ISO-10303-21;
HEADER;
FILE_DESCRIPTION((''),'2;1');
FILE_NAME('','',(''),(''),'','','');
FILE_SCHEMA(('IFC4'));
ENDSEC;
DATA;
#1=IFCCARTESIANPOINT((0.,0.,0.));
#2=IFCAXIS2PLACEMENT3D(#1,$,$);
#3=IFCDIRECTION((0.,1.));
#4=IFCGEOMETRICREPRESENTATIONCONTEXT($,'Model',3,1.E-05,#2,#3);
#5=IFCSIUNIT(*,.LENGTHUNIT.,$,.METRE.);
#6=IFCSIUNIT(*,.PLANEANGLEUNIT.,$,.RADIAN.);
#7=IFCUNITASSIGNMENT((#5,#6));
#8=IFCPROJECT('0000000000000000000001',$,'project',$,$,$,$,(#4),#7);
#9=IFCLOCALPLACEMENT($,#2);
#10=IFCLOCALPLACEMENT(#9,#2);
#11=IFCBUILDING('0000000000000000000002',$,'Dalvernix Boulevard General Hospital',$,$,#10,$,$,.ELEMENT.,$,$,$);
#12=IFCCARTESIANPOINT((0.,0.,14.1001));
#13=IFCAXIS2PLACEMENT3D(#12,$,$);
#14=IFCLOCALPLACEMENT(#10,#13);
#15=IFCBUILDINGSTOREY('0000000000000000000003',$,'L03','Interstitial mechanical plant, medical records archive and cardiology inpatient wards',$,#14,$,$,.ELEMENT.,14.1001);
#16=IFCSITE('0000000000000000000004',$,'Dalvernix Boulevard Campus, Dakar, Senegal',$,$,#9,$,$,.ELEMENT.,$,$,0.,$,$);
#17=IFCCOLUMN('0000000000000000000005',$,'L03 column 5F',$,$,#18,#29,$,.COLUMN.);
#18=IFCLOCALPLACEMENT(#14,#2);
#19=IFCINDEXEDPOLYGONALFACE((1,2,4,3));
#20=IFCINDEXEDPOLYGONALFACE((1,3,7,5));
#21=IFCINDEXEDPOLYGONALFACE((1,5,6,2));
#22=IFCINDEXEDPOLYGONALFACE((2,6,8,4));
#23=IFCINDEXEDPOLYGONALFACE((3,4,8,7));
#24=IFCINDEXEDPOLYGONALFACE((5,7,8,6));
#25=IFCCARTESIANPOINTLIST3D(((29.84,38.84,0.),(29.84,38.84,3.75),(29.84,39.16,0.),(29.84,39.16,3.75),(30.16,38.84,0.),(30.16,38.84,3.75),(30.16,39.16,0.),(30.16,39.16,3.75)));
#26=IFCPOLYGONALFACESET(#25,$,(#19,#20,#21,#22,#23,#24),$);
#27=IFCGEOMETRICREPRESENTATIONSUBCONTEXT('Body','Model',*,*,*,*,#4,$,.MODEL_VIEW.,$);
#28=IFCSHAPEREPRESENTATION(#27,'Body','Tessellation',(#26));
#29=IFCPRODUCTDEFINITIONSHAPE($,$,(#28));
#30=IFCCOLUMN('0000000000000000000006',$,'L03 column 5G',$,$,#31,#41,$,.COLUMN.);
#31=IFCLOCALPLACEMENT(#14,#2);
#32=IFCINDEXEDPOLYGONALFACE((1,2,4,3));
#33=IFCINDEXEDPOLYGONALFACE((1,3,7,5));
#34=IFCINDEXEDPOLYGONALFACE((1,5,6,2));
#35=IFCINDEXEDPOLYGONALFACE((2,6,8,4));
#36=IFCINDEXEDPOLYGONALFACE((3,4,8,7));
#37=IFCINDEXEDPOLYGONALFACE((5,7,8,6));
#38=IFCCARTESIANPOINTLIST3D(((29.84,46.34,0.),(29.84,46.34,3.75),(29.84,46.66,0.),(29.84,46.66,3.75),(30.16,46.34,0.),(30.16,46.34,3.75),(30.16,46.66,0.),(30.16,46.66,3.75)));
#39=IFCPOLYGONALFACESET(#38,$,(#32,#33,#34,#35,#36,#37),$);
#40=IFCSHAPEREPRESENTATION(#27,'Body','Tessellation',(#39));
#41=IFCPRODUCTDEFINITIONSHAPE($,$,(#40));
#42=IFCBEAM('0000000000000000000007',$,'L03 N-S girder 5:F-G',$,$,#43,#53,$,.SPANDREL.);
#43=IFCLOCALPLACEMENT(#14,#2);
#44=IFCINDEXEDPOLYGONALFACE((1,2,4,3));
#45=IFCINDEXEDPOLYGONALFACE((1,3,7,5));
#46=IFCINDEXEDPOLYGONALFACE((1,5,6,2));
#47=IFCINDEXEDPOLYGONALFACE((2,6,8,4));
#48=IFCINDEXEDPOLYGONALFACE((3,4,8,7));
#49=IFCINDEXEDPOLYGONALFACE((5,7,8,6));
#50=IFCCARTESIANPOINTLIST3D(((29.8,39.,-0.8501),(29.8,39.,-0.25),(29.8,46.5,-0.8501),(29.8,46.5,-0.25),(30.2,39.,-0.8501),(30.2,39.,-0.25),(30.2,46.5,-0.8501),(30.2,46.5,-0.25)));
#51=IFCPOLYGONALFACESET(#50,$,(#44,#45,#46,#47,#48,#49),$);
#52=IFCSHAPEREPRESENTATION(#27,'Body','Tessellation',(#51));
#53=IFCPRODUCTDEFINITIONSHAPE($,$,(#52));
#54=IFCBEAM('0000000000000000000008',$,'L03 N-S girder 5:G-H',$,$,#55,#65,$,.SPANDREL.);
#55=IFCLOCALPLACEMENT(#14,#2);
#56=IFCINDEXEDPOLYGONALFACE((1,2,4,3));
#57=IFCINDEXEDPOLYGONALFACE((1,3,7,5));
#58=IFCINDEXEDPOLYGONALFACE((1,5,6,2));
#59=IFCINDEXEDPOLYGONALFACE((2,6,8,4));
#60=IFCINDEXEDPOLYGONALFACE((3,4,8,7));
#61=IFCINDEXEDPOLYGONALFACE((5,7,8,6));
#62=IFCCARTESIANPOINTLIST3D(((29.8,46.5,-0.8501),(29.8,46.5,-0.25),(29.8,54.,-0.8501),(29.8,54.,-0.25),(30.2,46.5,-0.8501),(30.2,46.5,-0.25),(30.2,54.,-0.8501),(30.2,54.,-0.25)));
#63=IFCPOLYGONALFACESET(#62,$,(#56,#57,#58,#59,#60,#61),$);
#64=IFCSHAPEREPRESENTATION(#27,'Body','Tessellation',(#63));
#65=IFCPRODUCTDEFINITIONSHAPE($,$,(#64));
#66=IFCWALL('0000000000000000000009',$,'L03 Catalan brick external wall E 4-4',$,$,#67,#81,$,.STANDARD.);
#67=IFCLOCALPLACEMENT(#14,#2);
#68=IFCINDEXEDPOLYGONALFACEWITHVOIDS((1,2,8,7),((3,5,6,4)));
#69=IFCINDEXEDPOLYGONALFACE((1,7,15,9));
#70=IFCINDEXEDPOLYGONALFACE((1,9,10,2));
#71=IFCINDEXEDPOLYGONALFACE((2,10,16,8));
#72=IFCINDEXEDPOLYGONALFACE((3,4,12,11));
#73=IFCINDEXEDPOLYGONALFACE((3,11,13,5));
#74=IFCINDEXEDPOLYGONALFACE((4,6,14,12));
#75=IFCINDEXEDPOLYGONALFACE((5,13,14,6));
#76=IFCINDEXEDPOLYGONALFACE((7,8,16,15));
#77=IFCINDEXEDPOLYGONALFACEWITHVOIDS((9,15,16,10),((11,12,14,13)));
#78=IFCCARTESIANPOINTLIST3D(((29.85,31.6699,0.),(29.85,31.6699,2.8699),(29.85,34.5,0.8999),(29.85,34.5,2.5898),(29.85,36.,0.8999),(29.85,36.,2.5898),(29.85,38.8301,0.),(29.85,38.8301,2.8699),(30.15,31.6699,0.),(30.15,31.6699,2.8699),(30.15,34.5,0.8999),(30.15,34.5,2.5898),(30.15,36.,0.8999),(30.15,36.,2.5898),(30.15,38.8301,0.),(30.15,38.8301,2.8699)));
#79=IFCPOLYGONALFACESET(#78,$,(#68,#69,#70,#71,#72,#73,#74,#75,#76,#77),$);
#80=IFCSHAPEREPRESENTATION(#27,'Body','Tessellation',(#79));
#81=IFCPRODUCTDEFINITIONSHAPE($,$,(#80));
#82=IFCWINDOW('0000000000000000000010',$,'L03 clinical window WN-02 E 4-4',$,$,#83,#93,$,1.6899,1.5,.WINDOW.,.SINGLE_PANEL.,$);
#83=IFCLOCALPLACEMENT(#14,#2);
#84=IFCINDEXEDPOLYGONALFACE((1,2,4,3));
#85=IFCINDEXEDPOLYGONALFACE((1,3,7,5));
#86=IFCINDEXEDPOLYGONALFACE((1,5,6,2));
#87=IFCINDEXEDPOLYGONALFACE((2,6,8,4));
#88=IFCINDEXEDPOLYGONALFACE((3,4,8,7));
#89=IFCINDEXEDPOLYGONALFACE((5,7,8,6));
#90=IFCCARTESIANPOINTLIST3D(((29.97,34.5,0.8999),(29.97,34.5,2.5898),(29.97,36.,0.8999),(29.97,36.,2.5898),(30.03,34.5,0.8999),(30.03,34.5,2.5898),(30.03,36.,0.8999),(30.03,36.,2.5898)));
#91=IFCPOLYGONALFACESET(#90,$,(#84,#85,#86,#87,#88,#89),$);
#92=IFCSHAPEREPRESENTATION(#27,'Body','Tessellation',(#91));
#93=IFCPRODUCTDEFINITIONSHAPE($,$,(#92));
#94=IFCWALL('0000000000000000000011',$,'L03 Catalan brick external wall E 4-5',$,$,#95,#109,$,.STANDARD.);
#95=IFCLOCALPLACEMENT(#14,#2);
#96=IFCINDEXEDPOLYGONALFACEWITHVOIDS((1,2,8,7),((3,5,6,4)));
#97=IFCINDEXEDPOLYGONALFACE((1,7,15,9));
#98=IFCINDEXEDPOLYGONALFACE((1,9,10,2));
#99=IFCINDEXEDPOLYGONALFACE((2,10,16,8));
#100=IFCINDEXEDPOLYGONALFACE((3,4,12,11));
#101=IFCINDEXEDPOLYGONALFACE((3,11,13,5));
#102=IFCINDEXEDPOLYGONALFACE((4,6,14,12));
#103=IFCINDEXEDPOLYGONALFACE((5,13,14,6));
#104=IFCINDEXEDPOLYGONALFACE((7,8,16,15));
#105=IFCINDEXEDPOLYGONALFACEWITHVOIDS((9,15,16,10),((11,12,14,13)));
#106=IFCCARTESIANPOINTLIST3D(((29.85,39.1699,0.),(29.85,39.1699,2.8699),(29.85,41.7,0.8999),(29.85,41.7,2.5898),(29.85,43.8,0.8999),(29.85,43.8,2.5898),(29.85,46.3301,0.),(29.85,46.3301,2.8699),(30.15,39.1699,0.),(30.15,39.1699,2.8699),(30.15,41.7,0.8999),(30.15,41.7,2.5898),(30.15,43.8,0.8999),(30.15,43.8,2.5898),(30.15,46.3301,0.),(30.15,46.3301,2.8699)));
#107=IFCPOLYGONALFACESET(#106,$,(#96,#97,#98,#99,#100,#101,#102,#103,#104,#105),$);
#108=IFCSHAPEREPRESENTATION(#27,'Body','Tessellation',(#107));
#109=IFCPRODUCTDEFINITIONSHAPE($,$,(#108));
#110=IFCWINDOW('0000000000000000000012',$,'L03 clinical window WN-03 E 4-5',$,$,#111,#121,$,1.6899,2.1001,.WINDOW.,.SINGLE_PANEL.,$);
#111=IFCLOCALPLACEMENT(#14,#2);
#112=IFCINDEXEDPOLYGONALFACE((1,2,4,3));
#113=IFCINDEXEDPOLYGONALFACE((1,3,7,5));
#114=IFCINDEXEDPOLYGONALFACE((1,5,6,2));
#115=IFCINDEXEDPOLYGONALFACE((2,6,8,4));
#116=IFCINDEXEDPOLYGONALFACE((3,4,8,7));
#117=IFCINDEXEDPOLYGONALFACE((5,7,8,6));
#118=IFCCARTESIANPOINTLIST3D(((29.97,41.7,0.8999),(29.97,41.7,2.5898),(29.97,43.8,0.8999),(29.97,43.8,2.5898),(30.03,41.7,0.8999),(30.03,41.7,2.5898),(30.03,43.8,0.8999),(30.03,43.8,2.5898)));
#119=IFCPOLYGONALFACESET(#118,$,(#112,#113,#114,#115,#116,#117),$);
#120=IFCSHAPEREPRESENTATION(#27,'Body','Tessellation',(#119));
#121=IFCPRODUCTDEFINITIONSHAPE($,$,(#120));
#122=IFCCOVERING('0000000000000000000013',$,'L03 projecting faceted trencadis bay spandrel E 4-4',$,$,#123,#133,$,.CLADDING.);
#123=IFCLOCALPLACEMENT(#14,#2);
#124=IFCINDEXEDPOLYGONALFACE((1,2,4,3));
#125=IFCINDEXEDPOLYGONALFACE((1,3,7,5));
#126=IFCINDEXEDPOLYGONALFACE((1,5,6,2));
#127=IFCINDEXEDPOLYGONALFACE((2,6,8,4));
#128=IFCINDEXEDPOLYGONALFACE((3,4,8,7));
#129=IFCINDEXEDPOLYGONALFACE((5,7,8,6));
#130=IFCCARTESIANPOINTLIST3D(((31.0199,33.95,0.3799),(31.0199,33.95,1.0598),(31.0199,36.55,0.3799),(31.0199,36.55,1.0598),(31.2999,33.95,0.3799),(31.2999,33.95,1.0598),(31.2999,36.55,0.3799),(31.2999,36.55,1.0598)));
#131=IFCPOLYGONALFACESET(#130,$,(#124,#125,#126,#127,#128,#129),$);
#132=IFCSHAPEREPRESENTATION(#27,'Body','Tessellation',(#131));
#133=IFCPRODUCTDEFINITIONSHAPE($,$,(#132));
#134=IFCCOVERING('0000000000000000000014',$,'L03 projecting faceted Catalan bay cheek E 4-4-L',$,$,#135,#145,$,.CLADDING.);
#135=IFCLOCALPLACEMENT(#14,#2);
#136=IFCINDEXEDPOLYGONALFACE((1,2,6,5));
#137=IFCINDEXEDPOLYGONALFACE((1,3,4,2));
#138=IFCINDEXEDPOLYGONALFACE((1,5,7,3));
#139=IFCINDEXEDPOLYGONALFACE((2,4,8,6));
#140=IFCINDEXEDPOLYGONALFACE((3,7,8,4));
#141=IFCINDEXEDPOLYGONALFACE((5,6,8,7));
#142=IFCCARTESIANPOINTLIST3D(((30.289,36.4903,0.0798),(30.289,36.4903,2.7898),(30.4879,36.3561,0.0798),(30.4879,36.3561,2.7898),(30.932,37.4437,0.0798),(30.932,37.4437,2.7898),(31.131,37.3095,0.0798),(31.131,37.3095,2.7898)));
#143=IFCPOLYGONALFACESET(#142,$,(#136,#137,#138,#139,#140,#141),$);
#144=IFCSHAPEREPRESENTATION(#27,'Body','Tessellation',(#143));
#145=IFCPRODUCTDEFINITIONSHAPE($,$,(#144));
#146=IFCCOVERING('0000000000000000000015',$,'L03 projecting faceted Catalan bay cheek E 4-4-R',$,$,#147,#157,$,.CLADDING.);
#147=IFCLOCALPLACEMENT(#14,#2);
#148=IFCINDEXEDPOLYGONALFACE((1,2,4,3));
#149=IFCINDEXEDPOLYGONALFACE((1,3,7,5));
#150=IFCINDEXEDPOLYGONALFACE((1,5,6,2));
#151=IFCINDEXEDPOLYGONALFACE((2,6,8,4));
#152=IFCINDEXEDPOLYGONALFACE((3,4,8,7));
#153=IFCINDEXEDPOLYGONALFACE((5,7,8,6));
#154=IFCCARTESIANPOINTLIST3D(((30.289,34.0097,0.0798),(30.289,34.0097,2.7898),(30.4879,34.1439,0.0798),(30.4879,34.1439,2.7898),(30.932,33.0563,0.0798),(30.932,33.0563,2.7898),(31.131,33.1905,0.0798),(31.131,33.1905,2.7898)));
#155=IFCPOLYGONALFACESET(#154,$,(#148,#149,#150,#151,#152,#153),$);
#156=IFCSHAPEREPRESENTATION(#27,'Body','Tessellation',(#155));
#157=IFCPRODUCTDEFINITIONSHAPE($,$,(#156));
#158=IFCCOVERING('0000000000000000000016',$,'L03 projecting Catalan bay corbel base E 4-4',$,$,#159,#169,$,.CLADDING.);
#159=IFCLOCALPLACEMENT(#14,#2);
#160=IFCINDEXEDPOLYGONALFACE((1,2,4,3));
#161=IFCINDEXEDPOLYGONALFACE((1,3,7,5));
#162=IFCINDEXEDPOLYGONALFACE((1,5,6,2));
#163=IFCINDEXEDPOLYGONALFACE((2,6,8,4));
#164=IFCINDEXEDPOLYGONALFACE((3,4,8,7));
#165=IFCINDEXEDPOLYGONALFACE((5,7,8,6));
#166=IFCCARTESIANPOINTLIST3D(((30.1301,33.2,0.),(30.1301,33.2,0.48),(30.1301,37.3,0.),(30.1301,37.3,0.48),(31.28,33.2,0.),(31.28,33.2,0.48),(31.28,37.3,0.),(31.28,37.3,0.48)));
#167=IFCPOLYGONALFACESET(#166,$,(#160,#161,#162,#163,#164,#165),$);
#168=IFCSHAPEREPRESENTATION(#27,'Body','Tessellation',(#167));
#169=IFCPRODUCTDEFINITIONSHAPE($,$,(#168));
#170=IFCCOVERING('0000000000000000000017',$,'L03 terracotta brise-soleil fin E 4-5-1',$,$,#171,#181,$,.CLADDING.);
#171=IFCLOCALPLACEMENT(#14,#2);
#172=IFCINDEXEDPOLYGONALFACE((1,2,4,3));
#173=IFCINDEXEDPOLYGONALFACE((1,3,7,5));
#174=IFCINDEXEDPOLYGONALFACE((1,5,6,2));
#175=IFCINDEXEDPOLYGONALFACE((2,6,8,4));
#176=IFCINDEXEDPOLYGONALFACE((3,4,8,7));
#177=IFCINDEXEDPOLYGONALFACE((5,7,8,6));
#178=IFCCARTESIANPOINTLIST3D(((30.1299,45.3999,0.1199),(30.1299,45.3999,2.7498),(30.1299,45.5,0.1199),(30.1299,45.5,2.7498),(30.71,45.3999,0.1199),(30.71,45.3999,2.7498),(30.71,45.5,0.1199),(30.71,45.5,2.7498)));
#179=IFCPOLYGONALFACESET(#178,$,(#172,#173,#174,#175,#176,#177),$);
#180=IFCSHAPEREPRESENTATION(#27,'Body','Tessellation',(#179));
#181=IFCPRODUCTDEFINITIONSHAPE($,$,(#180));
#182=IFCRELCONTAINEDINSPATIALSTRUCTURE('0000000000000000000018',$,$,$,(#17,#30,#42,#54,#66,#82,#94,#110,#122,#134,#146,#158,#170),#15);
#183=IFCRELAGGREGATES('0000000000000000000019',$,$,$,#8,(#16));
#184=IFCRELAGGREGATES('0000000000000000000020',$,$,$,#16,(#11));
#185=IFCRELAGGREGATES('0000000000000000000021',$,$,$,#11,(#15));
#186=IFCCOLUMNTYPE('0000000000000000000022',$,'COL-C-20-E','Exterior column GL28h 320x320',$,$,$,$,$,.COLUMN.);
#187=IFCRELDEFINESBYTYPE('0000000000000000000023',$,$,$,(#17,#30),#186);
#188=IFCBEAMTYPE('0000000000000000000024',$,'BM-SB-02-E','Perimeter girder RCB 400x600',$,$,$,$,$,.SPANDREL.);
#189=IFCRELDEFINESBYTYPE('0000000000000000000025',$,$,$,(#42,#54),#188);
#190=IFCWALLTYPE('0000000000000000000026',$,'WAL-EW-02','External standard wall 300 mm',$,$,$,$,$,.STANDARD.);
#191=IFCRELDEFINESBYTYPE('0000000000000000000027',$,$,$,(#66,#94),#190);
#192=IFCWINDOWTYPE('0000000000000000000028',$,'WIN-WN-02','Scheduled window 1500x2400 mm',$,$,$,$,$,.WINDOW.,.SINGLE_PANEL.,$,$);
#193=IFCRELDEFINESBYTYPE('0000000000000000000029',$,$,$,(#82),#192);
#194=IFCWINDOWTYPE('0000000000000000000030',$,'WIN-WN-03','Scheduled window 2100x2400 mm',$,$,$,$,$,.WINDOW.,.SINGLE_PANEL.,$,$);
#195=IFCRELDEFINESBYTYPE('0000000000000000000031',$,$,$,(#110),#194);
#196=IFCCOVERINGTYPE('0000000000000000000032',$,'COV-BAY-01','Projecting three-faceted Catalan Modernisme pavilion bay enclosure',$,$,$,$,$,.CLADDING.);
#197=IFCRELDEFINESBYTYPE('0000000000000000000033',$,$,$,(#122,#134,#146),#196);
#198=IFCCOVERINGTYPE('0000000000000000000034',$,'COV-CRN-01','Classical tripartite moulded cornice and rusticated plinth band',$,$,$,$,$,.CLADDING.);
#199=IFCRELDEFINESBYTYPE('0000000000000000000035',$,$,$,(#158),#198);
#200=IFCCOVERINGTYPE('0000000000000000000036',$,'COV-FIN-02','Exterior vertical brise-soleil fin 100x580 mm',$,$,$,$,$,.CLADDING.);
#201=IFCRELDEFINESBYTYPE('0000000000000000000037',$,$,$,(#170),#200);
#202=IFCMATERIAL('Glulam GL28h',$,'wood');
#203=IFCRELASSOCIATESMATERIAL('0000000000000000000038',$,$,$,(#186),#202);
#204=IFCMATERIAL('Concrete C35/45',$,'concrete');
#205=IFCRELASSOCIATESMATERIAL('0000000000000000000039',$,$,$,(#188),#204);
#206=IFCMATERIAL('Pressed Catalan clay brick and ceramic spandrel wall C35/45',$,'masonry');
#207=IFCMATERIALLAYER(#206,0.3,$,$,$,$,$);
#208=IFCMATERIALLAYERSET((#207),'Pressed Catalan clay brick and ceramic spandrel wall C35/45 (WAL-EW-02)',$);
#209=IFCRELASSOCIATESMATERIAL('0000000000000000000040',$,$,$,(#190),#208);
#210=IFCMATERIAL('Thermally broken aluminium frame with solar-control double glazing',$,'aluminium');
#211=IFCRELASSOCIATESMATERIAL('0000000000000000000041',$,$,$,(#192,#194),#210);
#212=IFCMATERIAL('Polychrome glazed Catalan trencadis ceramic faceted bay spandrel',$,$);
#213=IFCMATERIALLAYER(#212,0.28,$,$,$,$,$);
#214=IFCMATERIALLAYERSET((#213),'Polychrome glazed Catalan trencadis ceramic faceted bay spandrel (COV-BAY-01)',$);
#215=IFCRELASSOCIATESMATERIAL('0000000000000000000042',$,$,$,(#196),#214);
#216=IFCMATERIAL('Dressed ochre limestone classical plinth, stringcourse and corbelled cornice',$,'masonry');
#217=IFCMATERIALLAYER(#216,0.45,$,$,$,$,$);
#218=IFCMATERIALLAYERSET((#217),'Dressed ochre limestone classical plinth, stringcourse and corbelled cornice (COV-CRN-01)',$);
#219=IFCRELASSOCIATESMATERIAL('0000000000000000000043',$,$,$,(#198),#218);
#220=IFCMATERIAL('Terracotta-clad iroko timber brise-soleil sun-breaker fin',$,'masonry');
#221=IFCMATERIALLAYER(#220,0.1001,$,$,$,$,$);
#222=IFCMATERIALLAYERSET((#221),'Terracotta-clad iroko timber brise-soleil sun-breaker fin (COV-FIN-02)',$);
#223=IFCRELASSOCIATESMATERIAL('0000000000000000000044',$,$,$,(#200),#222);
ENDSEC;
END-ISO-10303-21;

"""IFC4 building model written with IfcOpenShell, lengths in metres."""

from ifc_helpers import new_model, si_unit, direction, frame, frame_2d, origin, origin_2d, place, context, subcontext, project, spatial, rectangle, extrude, material, layer, layer_set, material_profile, profile_set, type_object, element, fill, save


model = new_model("IFC4")

# Units and contexts
model_context = context("Model", 3, precision=1e-05, world=origin(), true_north=direction((0.0, 1.0)))
body_context = subcontext(model_context, "Body", "Model", "MODEL_VIEW")
ifc_project = project(units=[si_unit("LENGTHUNIT", "METRE"), si_unit("PLANEANGLEUNIT", "RADIAN")], contexts=[model_context])

# Site, building, storey
site_placement = place(None, origin())
site = spatial("IfcSite", under=ifc_project, at=site_placement, Name="Dalvernix Boulevard Campus, Dakar, Senegal", CompositionType="ELEMENT", RefElevation=0.0)
building_placement = place(site_placement, origin())
building = spatial("IfcBuilding", under=site, at=building_placement, Name="Dalvernix Boulevard General Hospital", CompositionType="ELEMENT")
storey_placement = place(building_placement, frame((0.0, 0.0, 14.1001)))
storey = spatial("IfcBuildingStorey", under=building, at=storey_placement, Name="L03", Description="Interstitial mechanical plant, medical records archive and cardiology inpatient wards", CompositionType="ELEMENT", Elevation=14.1001)

# Columns
ifc_material_1 = material(Name="Glulam GL28h", Category="wood")
ifc_material_profile_1 = material_profile(ifc_material_1, rectangle(XDim=0.3201, YDim=0.3201, at=origin_2d()), Name="GL28h 320x320")
ifc_profile_set_1 = profile_set([ifc_material_profile_1], Name="Glulam GL28h")
column_type = type_object("IfcColumnType", Name="COL-C-20-E", Description="Exterior column GL28h 320x320", PredefinedType="COLUMN", material=ifc_profile_set_1)
for number, where, z_axis, x_axis, name in (
    (1, (30.0, 39.0, 0.0), (0.0, 0.0, 1.0), (1.0, 0.0, 0.0), "L03 column 5F"),
    (2, (30.0, 46.5, 0.0), (0.0, 0.0, 1.0), (1.0, 0.0, 0.0), "L03 column 5G"),
):
    element("IfcColumn", number, at=place(storey_placement, frame(where, z_axis=z_axis, x_axis=x_axis)), inside=storey, type_object=column_type, Name=name, PredefinedType="COLUMN", context=body_context, shape_type="SweptSolid", body=[
        extrude(rectangle(XDim=0.3201, YDim=0.3201, at=origin_2d()), origin(), (0.0, 0.0, 1.0), 3.75),
    ])

# Beams
ifc_material_2 = material(Name="Concrete C35/45", Category="concrete")
ifc_material_profile_2 = material_profile(ifc_material_2, rectangle(XDim=0.3999, YDim=0.6001, at=origin_2d()), Name="RCB 400x600")
ifc_profile_set_2 = profile_set([ifc_material_profile_2], Name="Concrete C35/45")
beam_type = type_object("IfcBeamType", Name="BM-SB-02-E", Description="Perimeter girder RCB 400x600", PredefinedType="SPANDREL", material=ifc_profile_set_2)
for number, where, z_axis, x_axis, name in (
    (3, (30.0, 39.0, -0.55), (0.0, 1.0, 0.0), (-1.0, 0.0, 0.0), "L03 N-S girder 5:F-G"),
    (4, (30.0, 46.5, -0.55), (0.0, 1.0, 0.0), (-1.0, 0.0, 0.0), "L03 N-S girder 5:G-H"),
):
    element("IfcBeam", number, at=place(storey_placement, frame(where, z_axis=z_axis, x_axis=x_axis)), inside=storey, type_object=beam_type, Name=name, PredefinedType="SPANDREL", context=body_context, shape_type="SweptSolid", body=[
        extrude(rectangle(XDim=0.3999, YDim=0.6001, at=origin_2d()), origin(), (0.0, 0.0, 1.0), 7.5),
    ])

# Walls, openings, windows
ifc_material_3 = material(Name="Pressed Catalan clay brick and ceramic spandrel wall C35/45", Category="masonry")
ifc_layer_1 = layer(ifc_material_3, 0.3)
ifc_layer_set_1 = layer_set([ifc_layer_1], Name="Pressed Catalan clay brick and ceramic spandrel wall C35/45 (WAL-EW-02)")
wall_type = type_object("IfcWallType", Name="WAL-EW-02", Description="External standard wall 300 mm", PredefinedType="STANDARD", material=ifc_layer_set_1)
wall_1_placement = place(storey_placement, frame((30.0, 38.8301, 0.0), z_axis=(0.0, 0.0, 1.0), x_axis=(0.0, -1.0, 0.0)))
wall_1 = element("IfcWall", 5, at=wall_1_placement, inside=storey, type_object=wall_type, Name="L03 Catalan brick external wall E 4-4", PredefinedType="STANDARD", context=body_context, shape_type="SweptSolid", body=[
    extrude(rectangle(XDim=7.1602, YDim=0.3, at=frame_2d((3.5801, 0.0))), origin(), (0.0, 0.0, 1.0), 2.8699),
])
opening_1_placement = place(wall_1_placement, frame((2.8301, 0.0, 0.8999)))
opening_1 = element("IfcOpeningElement", 6, at=opening_1_placement, cuts=wall_1, PredefinedType="OPENING", context=body_context, shape_type="SweptSolid", body=[
    extrude(rectangle(XDim=1.5, YDim=1.6899, at=frame_2d((0.75, 0.845))), frame((0.0, 0.1599, 0.0), z_axis=(0.0, -1.0, 0.0), x_axis=(1.0, 0.0, 0.0)), (0.0, 0.0, 1.0), 0.3201),
])
ifc_material_4 = material(Name="Thermally broken aluminium frame with solar-control double glazing", Category="aluminium")
window_type_1 = type_object("IfcWindowType", Name="WIN-WN-02", Description="Scheduled window 1500x2400 mm", PartitioningType="SINGLE_PANEL", PredefinedType="WINDOW", material=ifc_material_4)
window_1_placement = place(opening_1_placement, origin())
window_1 = element("IfcWindow", 7, at=window_1_placement, inside=storey, type_object=window_type_1, Name="L03 clinical window WN-02 E 4-4", OverallHeight=1.6899, OverallWidth=1.5, PartitioningType="SINGLE_PANEL", PredefinedType="WINDOW", context=body_context, shape_type="SweptSolid", body=[
    extrude(rectangle(XDim=1.5, YDim=1.6899, at=frame_2d((0.75, 0.845))), frame((0.0, 0.03, 0.0), z_axis=(0.0, -1.0, 0.0), x_axis=(1.0, 0.0, 0.0)), (0.0, 0.0, 1.0), 0.0601),
])
fill(opening_1, window_1)
wall_2_placement = place(storey_placement, frame((30.0, 46.3301, 0.0), z_axis=(0.0, 0.0, 1.0), x_axis=(0.0, -1.0, 0.0)))
wall_2 = element("IfcWall", 8, at=wall_2_placement, inside=storey, type_object=wall_type, Name="L03 Catalan brick external wall E 4-5", PredefinedType="STANDARD", context=body_context, shape_type="SweptSolid", body=[
    extrude(rectangle(XDim=7.1602, YDim=0.3, at=frame_2d((3.5801, 0.0))), origin(), (0.0, 0.0, 1.0), 2.8699),
])
opening_2_placement = place(wall_2_placement, frame((2.53, 0.0, 0.8999)))
opening_2 = element("IfcOpeningElement", 9, at=opening_2_placement, cuts=wall_2, PredefinedType="OPENING", context=body_context, shape_type="SweptSolid", body=[
    extrude(rectangle(XDim=2.1001, YDim=1.6899, at=frame_2d((1.05, 0.845))), frame((0.0, 0.1599, 0.0), z_axis=(0.0, -1.0, 0.0), x_axis=(1.0, 0.0, 0.0)), (0.0, 0.0, 1.0), 0.3201),
])
window_type_2 = type_object("IfcWindowType", Name="WIN-WN-03", Description="Scheduled window 2100x2400 mm", PartitioningType="SINGLE_PANEL", PredefinedType="WINDOW", material=ifc_material_4)
window_2_placement = place(opening_2_placement, origin())
window_2 = element("IfcWindow", 10, at=window_2_placement, inside=storey, type_object=window_type_2, Name="L03 clinical window WN-03 E 4-5", OverallHeight=1.6899, OverallWidth=2.1001, PartitioningType="SINGLE_PANEL", PredefinedType="WINDOW", context=body_context, shape_type="SweptSolid", body=[
    extrude(rectangle(XDim=2.1001, YDim=1.6899, at=frame_2d((1.05, 0.845))), frame((0.0, 0.03, 0.0), z_axis=(0.0, -1.0, 0.0), x_axis=(1.0, 0.0, 0.0)), (0.0, 0.0, 1.0), 0.0601),
])
fill(opening_2, window_2)

# Coverings
ifc_material_5 = material(Name="Polychrome glazed Catalan trencadis ceramic faceted bay spandrel")
ifc_layer_2 = layer(ifc_material_5, 0.28)
ifc_layer_set_2 = layer_set([ifc_layer_2], Name="Polychrome glazed Catalan trencadis ceramic faceted bay spandrel (COV-BAY-01)")
covering_type_1 = type_object("IfcCoveringType", Name="COV-BAY-01", Description="Projecting three-faceted Catalan Modernisme pavilion bay enclosure", PredefinedType="CLADDING", material=ifc_layer_set_2)
covering_1_placement = place(storey_placement, frame((31.1599, 35.25, 0.3799), z_axis=(0.0, 0.0, 1.0), x_axis=(0.0, -1.0, 0.0)))
element("IfcCovering", 11, at=covering_1_placement, inside=storey, type_object=covering_type_1, Name="L03 projecting faceted trencadis bay spandrel E 4-4", PredefinedType="CLADDING", context=body_context, shape_type="SweptSolid", body=[
    extrude(rectangle(XDim=2.6001, YDim=0.28, at=origin_2d()), origin(), (0.0, 0.0, 1.0), 0.6799),
])
for number, where, z_axis, x_axis, name in (
    (12, (30.71, 36.8999, 0.0798), (0.0, 0.0, 1.0), (-0.559193, -0.829038, 0.0), "L03 projecting faceted Catalan bay cheek E 4-4-L"),
    (13, (30.71, 33.6001, 0.0798), (0.0, 0.0, 1.0), (0.559193, -0.829038, 0.0), "L03 projecting faceted Catalan bay cheek E 4-4-R"),
):
    element("IfcCovering", number, at=place(storey_placement, frame(where, z_axis=z_axis, x_axis=x_axis)), inside=storey, type_object=covering_type_1, Name=name, PredefinedType="CLADDING", context=body_context, shape_type="SweptSolid", body=[
        extrude(rectangle(XDim=1.1499, YDim=0.24, at=origin_2d()), origin(), (0.0, 0.0, 1.0), 2.71),
    ])
ifc_material_6 = material(Name="Dressed ochre limestone classical plinth, stringcourse and corbelled cornice", Category="masonry")
ifc_layer_3 = layer(ifc_material_6, 0.45)
ifc_layer_set_3 = layer_set([ifc_layer_3], Name="Dressed ochre limestone classical plinth, stringcourse and corbelled cornice (COV-CRN-01)")
covering_type_2 = type_object("IfcCoveringType", Name="COV-CRN-01", Description="Classical tripartite moulded cornice and rusticated plinth band", PredefinedType="CLADDING", material=ifc_layer_set_3)
covering_2_placement = place(storey_placement, frame((30.7051, 35.25, 0.0), z_axis=(0.0, 0.0, 1.0), x_axis=(0.0, -1.0, 0.0)))
element("IfcCovering", 14, at=covering_2_placement, inside=storey, type_object=covering_type_2, Name="L03 projecting Catalan bay corbel base E 4-4", PredefinedType="CLADDING", context=body_context, shape_type="SweptSolid", body=[
    extrude(rectangle(XDim=4.1001, YDim=1.1499, at=origin_2d()), origin(), (0.0, 0.0, 1.0), 0.48),
])
ifc_material_7 = material(Name="Terracotta-clad iroko timber brise-soleil sun-breaker fin", Category="masonry")
ifc_layer_4 = layer(ifc_material_7, 0.1001)
ifc_layer_set_4 = layer_set([ifc_layer_4], Name="Terracotta-clad iroko timber brise-soleil sun-breaker fin (COV-FIN-02)")
covering_type_3 = type_object("IfcCoveringType", Name="COV-FIN-02", Description="Exterior vertical brise-soleil fin 100x580 mm", PredefinedType="CLADDING", material=ifc_layer_set_4)
for number, where, z_axis, x_axis, name in (
    (15, (30.4199, 45.45, 0.1199), (0.0, 0.0, 1.0), (0.0, -1.0, 0.0), "L03 terracotta brise-soleil fin E 4-5-1"),
):
    element("IfcCovering", number, at=place(storey_placement, frame(where, z_axis=z_axis, x_axis=x_axis)), inside=storey, type_object=covering_type_3, Name=name, PredefinedType="CLADDING", context=body_context, shape_type="SweptSolid", body=[
        extrude(rectangle(XDim=0.1001, YDim=0.5801, at=origin_2d()), origin(), (0.0, 0.0, 1.0), 2.6299),
    ])

save(model, "model.ifc")
